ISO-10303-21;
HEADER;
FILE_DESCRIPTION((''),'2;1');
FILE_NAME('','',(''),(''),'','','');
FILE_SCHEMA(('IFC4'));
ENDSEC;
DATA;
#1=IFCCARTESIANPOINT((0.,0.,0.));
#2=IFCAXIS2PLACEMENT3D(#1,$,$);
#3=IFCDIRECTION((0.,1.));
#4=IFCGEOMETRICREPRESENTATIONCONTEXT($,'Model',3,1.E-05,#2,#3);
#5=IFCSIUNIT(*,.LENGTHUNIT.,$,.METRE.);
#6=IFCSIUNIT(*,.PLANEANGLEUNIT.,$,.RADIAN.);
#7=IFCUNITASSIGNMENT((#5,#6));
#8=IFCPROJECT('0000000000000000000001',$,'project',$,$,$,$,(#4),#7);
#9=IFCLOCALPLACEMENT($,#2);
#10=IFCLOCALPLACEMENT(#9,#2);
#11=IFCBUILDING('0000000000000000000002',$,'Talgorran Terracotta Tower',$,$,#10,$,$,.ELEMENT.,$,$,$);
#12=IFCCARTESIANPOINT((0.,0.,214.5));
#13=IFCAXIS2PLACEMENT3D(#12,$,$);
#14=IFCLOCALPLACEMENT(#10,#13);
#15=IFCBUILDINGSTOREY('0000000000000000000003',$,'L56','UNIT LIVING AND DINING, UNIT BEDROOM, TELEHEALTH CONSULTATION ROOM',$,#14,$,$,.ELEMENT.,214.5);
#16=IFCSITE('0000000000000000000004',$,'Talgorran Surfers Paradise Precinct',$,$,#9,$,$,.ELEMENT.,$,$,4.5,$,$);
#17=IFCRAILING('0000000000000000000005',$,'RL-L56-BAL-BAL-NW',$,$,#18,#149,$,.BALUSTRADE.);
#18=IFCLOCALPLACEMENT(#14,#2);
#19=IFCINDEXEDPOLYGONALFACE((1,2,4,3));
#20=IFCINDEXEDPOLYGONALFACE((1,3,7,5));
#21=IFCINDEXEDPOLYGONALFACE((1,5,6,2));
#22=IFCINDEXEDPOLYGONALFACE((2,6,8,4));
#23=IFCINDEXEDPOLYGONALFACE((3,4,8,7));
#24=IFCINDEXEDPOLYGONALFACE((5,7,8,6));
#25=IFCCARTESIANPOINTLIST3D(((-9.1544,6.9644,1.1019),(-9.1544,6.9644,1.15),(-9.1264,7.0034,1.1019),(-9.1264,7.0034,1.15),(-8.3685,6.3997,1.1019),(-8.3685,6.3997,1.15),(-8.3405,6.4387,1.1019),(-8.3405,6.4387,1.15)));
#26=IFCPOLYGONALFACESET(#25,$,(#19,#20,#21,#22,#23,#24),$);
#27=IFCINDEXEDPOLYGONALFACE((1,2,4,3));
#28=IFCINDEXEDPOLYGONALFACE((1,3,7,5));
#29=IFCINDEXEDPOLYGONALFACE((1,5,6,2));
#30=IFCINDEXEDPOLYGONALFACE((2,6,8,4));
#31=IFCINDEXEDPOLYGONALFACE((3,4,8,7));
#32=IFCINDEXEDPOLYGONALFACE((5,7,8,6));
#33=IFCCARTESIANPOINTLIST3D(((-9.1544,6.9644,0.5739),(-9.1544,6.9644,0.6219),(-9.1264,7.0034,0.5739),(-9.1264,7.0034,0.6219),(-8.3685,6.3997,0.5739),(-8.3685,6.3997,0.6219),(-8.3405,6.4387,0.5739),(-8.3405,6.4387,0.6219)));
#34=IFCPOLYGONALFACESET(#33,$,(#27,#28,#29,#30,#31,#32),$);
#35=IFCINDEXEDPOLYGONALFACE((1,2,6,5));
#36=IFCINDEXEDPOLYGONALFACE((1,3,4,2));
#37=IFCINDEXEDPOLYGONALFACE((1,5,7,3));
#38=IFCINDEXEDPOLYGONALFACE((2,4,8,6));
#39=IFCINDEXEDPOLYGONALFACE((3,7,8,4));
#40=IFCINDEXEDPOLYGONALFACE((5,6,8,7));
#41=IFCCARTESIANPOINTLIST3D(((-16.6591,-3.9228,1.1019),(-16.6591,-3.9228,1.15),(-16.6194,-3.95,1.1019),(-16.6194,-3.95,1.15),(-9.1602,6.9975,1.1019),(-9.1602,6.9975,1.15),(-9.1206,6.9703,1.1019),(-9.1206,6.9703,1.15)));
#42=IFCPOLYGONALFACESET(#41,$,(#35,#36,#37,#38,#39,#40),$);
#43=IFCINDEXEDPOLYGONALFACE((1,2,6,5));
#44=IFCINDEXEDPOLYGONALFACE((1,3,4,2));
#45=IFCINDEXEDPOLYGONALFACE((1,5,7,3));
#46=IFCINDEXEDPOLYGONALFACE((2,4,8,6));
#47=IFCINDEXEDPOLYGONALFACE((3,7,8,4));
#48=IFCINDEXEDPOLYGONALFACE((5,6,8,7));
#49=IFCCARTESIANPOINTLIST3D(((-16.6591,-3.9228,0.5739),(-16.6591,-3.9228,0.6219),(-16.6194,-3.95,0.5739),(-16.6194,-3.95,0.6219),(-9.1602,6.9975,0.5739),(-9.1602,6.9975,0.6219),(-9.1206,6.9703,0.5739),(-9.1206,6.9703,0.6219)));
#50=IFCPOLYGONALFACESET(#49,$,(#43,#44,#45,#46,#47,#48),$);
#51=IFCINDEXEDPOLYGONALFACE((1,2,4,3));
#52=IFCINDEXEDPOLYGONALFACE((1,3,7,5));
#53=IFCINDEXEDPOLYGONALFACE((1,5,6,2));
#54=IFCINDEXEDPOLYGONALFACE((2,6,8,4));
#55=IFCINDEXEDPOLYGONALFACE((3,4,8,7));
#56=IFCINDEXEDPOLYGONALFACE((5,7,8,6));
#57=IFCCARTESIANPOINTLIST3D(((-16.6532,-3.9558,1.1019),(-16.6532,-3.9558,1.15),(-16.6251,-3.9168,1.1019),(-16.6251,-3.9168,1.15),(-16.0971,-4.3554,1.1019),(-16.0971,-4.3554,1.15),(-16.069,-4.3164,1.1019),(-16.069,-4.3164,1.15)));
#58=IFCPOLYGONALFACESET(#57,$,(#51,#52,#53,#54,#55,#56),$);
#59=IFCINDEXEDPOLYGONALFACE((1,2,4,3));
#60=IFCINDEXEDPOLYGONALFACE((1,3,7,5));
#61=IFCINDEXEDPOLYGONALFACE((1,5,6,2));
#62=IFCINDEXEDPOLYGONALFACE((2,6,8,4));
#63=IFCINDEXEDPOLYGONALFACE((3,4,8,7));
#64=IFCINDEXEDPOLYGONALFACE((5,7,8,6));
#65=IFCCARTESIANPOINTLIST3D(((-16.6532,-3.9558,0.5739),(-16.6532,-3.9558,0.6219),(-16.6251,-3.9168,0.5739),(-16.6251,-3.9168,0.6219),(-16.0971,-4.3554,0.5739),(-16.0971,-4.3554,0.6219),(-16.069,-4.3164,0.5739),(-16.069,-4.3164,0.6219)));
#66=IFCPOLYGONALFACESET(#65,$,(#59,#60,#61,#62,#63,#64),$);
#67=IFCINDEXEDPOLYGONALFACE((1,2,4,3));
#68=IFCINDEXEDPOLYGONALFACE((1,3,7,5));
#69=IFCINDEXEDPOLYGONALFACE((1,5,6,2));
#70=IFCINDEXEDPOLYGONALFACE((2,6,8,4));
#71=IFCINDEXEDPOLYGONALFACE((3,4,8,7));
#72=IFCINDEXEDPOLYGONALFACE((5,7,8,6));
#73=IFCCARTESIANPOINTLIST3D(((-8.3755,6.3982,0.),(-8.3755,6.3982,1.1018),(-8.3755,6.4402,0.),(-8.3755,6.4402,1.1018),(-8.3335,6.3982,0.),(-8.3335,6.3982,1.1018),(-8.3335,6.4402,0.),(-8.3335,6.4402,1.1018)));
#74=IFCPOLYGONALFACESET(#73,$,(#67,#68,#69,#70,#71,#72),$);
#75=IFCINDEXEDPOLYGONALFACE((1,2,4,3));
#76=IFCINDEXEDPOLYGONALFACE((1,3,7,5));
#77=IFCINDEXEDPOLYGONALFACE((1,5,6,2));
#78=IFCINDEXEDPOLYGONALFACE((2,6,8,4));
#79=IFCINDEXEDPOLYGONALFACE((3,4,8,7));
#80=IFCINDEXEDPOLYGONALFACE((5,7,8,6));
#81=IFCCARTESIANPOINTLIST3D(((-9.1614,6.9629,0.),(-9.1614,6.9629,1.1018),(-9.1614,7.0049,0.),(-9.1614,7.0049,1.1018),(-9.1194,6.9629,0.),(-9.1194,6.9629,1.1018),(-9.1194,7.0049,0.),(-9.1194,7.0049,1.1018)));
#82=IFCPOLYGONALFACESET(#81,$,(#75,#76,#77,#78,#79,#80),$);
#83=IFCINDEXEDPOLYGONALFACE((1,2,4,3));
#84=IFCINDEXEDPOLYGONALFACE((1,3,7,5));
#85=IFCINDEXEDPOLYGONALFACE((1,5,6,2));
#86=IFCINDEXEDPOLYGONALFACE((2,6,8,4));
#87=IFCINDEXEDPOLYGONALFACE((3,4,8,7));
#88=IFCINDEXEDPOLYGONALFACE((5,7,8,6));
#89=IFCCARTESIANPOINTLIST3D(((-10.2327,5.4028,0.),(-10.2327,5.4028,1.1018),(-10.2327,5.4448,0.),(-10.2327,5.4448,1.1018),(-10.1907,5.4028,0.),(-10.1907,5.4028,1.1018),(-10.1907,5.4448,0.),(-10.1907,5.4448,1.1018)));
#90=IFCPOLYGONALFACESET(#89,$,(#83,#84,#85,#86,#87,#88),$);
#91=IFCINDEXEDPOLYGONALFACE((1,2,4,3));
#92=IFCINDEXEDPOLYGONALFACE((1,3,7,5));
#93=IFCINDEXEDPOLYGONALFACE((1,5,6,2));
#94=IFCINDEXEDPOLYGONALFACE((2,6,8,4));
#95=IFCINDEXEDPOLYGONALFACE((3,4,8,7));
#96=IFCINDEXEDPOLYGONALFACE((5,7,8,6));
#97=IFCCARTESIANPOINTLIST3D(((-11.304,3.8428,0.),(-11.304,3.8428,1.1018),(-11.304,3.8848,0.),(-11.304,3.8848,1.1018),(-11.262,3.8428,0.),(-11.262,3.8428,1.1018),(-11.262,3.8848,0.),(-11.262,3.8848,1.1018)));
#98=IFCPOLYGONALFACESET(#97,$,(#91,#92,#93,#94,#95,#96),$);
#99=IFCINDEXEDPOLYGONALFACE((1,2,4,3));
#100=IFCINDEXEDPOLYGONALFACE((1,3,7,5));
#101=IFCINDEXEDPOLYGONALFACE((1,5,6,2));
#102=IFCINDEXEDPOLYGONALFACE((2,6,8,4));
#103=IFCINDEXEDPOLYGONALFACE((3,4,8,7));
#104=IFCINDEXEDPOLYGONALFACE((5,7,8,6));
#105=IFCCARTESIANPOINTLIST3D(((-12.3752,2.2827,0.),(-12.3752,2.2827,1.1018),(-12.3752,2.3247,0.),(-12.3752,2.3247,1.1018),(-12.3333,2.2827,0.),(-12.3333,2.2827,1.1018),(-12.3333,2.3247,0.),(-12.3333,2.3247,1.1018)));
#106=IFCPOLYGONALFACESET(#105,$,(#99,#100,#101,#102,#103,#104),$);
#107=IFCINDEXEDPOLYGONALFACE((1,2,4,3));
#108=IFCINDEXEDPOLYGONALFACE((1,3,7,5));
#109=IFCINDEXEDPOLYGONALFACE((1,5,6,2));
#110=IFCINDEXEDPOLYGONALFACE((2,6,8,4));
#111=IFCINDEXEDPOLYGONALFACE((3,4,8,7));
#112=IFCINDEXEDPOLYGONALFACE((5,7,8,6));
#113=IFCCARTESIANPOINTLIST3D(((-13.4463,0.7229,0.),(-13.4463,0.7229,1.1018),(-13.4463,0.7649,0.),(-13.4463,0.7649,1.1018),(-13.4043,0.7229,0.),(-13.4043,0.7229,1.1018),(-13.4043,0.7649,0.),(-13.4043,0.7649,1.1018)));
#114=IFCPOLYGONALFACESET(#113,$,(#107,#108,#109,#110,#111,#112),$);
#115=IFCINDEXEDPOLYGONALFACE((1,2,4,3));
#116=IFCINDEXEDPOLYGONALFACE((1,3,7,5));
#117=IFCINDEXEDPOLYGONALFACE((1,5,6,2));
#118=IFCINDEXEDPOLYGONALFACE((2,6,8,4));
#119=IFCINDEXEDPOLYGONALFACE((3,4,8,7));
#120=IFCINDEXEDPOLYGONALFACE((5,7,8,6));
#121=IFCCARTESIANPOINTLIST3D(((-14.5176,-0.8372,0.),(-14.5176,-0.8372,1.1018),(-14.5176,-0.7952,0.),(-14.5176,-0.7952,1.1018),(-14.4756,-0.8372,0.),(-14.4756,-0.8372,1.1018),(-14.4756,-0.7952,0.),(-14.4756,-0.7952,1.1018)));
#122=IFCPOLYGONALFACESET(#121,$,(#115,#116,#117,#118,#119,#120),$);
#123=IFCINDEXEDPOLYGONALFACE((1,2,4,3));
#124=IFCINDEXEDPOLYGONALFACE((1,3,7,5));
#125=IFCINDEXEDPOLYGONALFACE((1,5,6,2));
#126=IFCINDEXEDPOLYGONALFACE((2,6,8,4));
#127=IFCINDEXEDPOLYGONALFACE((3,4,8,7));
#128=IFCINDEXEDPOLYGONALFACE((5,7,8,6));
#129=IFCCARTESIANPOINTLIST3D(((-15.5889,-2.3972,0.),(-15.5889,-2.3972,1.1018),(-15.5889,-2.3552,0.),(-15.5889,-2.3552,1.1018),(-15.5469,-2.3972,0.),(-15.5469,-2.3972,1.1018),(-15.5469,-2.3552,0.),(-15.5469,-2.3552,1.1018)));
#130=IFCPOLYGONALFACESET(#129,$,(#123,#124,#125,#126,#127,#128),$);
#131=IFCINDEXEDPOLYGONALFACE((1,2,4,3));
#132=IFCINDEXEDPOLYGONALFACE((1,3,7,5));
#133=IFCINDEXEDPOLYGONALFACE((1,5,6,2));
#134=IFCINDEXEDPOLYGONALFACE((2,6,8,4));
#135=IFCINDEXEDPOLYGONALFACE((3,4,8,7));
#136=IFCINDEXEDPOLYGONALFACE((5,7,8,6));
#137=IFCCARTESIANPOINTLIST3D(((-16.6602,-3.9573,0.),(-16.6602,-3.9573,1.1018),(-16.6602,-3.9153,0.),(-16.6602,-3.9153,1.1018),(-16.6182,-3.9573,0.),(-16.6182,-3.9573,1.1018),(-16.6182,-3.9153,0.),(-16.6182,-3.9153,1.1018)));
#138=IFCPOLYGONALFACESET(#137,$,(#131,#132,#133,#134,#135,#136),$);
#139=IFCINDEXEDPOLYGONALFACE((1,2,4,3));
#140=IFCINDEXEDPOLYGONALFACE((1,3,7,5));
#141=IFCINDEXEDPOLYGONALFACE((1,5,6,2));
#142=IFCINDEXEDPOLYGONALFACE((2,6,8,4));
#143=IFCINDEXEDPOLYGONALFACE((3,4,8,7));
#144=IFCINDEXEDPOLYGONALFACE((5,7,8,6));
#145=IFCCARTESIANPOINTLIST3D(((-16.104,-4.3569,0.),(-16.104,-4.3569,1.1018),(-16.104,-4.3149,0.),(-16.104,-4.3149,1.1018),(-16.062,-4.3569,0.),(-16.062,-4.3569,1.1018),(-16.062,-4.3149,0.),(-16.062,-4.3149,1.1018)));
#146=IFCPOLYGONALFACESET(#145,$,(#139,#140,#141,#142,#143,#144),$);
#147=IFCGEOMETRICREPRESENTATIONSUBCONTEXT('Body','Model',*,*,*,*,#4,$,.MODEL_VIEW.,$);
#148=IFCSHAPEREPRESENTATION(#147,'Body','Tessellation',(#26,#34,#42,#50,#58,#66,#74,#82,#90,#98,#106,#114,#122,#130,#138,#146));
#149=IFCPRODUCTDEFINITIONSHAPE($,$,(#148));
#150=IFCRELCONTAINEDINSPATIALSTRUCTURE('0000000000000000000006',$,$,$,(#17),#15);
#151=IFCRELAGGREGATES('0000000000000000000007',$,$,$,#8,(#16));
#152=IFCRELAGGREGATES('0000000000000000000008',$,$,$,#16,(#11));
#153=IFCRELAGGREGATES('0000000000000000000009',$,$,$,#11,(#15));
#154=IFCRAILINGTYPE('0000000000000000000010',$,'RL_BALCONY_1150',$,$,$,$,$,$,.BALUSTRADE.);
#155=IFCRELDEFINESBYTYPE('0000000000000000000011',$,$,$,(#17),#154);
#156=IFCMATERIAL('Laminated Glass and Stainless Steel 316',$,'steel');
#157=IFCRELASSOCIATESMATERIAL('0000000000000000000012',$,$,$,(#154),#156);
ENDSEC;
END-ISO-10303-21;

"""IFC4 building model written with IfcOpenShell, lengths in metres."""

from ifc_helpers import new_model, si_unit, direction, frame, origin, origin_2d, place, context, subcontext, project, spatial, rectangle, extrude, material, type_object, element, save


model = new_model("IFC4")

# Units and contexts
model_context = context("Model", 3, precision=1e-05, world=origin(), true_north=direction((0.0, 1.0)))
body_context = subcontext(model_context, "Body", "Model", "MODEL_VIEW")
ifc_project = project(units=[si_unit("LENGTHUNIT", "METRE"), si_unit("PLANEANGLEUNIT", "RADIAN")], contexts=[model_context])

# Site, building, storey
site_placement = place(None, origin())
site = spatial("IfcSite", under=ifc_project, at=site_placement, Name="Talgorran Surfers Paradise Precinct", CompositionType="ELEMENT", RefElevation=4.5)
building_placement = place(site_placement, origin())
building = spatial("IfcBuilding", under=site, at=building_placement, Name="Talgorran Terracotta Tower", CompositionType="ELEMENT")
storey_placement = place(building_placement, frame((0.0, 0.0, 214.5)))
storey = spatial("IfcBuildingStorey", under=building, at=storey_placement, Name="L56", Description="UNIT LIVING AND DINING, UNIT BEDROOM, TELEHEALTH CONSULTATION ROOM", CompositionType="ELEMENT", Elevation=214.5)

# Railing
ifc_material_1 = material(Name="Laminated Glass and Stainless Steel 316", Category="steel")
railing_type = type_object("IfcRailingType", Name="RL_BALCONY_1150", PredefinedType="BALUSTRADE", material=ifc_material_1)
railing_placement = place(storey_placement, frame((-8.3545, 6.4192, 0.0)))
element("IfcRailing", 1, at=railing_placement, inside=storey, type_object=railing_type, Name="RL-L56-BAL-BAL-NW", PredefinedType="BALUSTRADE", context=body_context, shape_type="SweptSolid", body=[
    extrude(rectangle(XDim=0.0481, YDim=0.0481, at=origin_2d()), frame((0.0, 0.0, 1.126), z_axis=(-0.812094, 0.583527, 0.0), x_axis=(-0.583527, -0.812094, 0.0)), (0.0, 0.0, 1.0), 0.9678),
    extrude(rectangle(XDim=0.0481, YDim=0.0481, at=origin_2d()), frame((0.0, 0.0, 0.5979), z_axis=(-0.812094, 0.583527, 0.0), x_axis=(-0.583527, -0.812094, 0.0)), (0.0, 0.0, 1.0), 0.9678),
    extrude(rectangle(XDim=0.0481, YDim=0.0481, at=origin_2d()), frame((-0.7859, 0.5647, 1.126), z_axis=(-0.566076, -0.824353, 0.0), x_axis=(0.824353, -0.566076, 0.0)), (0.0, 0.0, 1.0), 13.2471),
    extrude(rectangle(XDim=0.0481, YDim=0.0481, at=origin_2d()), frame((-0.7859, 0.5647, 0.5979), z_axis=(-0.566076, -0.824353, 0.0), x_axis=(0.824353, -0.566076, 0.0)), (0.0, 0.0, 1.0), 13.2471),
    extrude(rectangle(XDim=0.0481, YDim=0.0481, at=origin_2d()), frame((-8.2847, -10.3555, 1.126), z_axis=(0.812068, -0.583563, 0.0), x_axis=(0.583563, 0.812068, 0.0)), (0.0, 0.0, 1.0), 0.6848),
    extrude(rectangle(XDim=0.0481, YDim=0.0481, at=origin_2d()), frame((-8.2847, -10.3555, 0.5979), z_axis=(0.812068, -0.583563, 0.0), x_axis=(0.583563, 0.812068, 0.0)), (0.0, 0.0, 1.0), 0.6848),
    extrude(rectangle(XDim=0.042, YDim=0.042, at=origin_2d()), origin(), (0.0, 0.0, 1.0), 1.1018),
    extrude(rectangle(XDim=0.042, YDim=0.042, at=origin_2d()), frame((-0.7859, 0.5647, 0.0)), (0.0, 0.0, 1.0), 1.1018),
    extrude(rectangle(XDim=0.042, YDim=0.042, at=origin_2d()), frame((-1.8572, -0.9954, 0.0)), (0.0, 0.0, 1.0), 1.1018),
    extrude(rectangle(XDim=0.042, YDim=0.042, at=origin_2d()), frame((-2.9285, -2.5554, 0.0)), (0.0, 0.0, 1.0), 1.1018),
    extrude(rectangle(XDim=0.042, YDim=0.042, at=origin_2d()), frame((-3.9998, -4.1155, 0.0)), (0.0, 0.0, 1.0), 1.1018),
    extrude(rectangle(XDim=0.042, YDim=0.042, at=origin_2d()), frame((-5.0708, -5.6753, 0.0)), (0.0, 0.0, 1.0), 1.1018),
    extrude(rectangle(XDim=0.042, YDim=0.042, at=origin_2d()), frame((-6.1421, -7.2354, 0.0)), (0.0, 0.0, 1.0), 1.1018),
    extrude(rectangle(XDim=0.042, YDim=0.042, at=origin_2d()), frame((-7.2134, -8.7954, 0.0)), (0.0, 0.0, 1.0), 1.1018),
    extrude(rectangle(XDim=0.042, YDim=0.042, at=origin_2d()), frame((-8.2847, -10.3555, 0.0)), (0.0, 0.0, 1.0), 1.1018),
    extrude(rectangle(XDim=0.042, YDim=0.042, at=origin_2d()), frame((-7.7285, -10.7551, 0.0)), (0.0, 0.0, 1.0), 1.1018),
])

save(model, "model.ifc")
